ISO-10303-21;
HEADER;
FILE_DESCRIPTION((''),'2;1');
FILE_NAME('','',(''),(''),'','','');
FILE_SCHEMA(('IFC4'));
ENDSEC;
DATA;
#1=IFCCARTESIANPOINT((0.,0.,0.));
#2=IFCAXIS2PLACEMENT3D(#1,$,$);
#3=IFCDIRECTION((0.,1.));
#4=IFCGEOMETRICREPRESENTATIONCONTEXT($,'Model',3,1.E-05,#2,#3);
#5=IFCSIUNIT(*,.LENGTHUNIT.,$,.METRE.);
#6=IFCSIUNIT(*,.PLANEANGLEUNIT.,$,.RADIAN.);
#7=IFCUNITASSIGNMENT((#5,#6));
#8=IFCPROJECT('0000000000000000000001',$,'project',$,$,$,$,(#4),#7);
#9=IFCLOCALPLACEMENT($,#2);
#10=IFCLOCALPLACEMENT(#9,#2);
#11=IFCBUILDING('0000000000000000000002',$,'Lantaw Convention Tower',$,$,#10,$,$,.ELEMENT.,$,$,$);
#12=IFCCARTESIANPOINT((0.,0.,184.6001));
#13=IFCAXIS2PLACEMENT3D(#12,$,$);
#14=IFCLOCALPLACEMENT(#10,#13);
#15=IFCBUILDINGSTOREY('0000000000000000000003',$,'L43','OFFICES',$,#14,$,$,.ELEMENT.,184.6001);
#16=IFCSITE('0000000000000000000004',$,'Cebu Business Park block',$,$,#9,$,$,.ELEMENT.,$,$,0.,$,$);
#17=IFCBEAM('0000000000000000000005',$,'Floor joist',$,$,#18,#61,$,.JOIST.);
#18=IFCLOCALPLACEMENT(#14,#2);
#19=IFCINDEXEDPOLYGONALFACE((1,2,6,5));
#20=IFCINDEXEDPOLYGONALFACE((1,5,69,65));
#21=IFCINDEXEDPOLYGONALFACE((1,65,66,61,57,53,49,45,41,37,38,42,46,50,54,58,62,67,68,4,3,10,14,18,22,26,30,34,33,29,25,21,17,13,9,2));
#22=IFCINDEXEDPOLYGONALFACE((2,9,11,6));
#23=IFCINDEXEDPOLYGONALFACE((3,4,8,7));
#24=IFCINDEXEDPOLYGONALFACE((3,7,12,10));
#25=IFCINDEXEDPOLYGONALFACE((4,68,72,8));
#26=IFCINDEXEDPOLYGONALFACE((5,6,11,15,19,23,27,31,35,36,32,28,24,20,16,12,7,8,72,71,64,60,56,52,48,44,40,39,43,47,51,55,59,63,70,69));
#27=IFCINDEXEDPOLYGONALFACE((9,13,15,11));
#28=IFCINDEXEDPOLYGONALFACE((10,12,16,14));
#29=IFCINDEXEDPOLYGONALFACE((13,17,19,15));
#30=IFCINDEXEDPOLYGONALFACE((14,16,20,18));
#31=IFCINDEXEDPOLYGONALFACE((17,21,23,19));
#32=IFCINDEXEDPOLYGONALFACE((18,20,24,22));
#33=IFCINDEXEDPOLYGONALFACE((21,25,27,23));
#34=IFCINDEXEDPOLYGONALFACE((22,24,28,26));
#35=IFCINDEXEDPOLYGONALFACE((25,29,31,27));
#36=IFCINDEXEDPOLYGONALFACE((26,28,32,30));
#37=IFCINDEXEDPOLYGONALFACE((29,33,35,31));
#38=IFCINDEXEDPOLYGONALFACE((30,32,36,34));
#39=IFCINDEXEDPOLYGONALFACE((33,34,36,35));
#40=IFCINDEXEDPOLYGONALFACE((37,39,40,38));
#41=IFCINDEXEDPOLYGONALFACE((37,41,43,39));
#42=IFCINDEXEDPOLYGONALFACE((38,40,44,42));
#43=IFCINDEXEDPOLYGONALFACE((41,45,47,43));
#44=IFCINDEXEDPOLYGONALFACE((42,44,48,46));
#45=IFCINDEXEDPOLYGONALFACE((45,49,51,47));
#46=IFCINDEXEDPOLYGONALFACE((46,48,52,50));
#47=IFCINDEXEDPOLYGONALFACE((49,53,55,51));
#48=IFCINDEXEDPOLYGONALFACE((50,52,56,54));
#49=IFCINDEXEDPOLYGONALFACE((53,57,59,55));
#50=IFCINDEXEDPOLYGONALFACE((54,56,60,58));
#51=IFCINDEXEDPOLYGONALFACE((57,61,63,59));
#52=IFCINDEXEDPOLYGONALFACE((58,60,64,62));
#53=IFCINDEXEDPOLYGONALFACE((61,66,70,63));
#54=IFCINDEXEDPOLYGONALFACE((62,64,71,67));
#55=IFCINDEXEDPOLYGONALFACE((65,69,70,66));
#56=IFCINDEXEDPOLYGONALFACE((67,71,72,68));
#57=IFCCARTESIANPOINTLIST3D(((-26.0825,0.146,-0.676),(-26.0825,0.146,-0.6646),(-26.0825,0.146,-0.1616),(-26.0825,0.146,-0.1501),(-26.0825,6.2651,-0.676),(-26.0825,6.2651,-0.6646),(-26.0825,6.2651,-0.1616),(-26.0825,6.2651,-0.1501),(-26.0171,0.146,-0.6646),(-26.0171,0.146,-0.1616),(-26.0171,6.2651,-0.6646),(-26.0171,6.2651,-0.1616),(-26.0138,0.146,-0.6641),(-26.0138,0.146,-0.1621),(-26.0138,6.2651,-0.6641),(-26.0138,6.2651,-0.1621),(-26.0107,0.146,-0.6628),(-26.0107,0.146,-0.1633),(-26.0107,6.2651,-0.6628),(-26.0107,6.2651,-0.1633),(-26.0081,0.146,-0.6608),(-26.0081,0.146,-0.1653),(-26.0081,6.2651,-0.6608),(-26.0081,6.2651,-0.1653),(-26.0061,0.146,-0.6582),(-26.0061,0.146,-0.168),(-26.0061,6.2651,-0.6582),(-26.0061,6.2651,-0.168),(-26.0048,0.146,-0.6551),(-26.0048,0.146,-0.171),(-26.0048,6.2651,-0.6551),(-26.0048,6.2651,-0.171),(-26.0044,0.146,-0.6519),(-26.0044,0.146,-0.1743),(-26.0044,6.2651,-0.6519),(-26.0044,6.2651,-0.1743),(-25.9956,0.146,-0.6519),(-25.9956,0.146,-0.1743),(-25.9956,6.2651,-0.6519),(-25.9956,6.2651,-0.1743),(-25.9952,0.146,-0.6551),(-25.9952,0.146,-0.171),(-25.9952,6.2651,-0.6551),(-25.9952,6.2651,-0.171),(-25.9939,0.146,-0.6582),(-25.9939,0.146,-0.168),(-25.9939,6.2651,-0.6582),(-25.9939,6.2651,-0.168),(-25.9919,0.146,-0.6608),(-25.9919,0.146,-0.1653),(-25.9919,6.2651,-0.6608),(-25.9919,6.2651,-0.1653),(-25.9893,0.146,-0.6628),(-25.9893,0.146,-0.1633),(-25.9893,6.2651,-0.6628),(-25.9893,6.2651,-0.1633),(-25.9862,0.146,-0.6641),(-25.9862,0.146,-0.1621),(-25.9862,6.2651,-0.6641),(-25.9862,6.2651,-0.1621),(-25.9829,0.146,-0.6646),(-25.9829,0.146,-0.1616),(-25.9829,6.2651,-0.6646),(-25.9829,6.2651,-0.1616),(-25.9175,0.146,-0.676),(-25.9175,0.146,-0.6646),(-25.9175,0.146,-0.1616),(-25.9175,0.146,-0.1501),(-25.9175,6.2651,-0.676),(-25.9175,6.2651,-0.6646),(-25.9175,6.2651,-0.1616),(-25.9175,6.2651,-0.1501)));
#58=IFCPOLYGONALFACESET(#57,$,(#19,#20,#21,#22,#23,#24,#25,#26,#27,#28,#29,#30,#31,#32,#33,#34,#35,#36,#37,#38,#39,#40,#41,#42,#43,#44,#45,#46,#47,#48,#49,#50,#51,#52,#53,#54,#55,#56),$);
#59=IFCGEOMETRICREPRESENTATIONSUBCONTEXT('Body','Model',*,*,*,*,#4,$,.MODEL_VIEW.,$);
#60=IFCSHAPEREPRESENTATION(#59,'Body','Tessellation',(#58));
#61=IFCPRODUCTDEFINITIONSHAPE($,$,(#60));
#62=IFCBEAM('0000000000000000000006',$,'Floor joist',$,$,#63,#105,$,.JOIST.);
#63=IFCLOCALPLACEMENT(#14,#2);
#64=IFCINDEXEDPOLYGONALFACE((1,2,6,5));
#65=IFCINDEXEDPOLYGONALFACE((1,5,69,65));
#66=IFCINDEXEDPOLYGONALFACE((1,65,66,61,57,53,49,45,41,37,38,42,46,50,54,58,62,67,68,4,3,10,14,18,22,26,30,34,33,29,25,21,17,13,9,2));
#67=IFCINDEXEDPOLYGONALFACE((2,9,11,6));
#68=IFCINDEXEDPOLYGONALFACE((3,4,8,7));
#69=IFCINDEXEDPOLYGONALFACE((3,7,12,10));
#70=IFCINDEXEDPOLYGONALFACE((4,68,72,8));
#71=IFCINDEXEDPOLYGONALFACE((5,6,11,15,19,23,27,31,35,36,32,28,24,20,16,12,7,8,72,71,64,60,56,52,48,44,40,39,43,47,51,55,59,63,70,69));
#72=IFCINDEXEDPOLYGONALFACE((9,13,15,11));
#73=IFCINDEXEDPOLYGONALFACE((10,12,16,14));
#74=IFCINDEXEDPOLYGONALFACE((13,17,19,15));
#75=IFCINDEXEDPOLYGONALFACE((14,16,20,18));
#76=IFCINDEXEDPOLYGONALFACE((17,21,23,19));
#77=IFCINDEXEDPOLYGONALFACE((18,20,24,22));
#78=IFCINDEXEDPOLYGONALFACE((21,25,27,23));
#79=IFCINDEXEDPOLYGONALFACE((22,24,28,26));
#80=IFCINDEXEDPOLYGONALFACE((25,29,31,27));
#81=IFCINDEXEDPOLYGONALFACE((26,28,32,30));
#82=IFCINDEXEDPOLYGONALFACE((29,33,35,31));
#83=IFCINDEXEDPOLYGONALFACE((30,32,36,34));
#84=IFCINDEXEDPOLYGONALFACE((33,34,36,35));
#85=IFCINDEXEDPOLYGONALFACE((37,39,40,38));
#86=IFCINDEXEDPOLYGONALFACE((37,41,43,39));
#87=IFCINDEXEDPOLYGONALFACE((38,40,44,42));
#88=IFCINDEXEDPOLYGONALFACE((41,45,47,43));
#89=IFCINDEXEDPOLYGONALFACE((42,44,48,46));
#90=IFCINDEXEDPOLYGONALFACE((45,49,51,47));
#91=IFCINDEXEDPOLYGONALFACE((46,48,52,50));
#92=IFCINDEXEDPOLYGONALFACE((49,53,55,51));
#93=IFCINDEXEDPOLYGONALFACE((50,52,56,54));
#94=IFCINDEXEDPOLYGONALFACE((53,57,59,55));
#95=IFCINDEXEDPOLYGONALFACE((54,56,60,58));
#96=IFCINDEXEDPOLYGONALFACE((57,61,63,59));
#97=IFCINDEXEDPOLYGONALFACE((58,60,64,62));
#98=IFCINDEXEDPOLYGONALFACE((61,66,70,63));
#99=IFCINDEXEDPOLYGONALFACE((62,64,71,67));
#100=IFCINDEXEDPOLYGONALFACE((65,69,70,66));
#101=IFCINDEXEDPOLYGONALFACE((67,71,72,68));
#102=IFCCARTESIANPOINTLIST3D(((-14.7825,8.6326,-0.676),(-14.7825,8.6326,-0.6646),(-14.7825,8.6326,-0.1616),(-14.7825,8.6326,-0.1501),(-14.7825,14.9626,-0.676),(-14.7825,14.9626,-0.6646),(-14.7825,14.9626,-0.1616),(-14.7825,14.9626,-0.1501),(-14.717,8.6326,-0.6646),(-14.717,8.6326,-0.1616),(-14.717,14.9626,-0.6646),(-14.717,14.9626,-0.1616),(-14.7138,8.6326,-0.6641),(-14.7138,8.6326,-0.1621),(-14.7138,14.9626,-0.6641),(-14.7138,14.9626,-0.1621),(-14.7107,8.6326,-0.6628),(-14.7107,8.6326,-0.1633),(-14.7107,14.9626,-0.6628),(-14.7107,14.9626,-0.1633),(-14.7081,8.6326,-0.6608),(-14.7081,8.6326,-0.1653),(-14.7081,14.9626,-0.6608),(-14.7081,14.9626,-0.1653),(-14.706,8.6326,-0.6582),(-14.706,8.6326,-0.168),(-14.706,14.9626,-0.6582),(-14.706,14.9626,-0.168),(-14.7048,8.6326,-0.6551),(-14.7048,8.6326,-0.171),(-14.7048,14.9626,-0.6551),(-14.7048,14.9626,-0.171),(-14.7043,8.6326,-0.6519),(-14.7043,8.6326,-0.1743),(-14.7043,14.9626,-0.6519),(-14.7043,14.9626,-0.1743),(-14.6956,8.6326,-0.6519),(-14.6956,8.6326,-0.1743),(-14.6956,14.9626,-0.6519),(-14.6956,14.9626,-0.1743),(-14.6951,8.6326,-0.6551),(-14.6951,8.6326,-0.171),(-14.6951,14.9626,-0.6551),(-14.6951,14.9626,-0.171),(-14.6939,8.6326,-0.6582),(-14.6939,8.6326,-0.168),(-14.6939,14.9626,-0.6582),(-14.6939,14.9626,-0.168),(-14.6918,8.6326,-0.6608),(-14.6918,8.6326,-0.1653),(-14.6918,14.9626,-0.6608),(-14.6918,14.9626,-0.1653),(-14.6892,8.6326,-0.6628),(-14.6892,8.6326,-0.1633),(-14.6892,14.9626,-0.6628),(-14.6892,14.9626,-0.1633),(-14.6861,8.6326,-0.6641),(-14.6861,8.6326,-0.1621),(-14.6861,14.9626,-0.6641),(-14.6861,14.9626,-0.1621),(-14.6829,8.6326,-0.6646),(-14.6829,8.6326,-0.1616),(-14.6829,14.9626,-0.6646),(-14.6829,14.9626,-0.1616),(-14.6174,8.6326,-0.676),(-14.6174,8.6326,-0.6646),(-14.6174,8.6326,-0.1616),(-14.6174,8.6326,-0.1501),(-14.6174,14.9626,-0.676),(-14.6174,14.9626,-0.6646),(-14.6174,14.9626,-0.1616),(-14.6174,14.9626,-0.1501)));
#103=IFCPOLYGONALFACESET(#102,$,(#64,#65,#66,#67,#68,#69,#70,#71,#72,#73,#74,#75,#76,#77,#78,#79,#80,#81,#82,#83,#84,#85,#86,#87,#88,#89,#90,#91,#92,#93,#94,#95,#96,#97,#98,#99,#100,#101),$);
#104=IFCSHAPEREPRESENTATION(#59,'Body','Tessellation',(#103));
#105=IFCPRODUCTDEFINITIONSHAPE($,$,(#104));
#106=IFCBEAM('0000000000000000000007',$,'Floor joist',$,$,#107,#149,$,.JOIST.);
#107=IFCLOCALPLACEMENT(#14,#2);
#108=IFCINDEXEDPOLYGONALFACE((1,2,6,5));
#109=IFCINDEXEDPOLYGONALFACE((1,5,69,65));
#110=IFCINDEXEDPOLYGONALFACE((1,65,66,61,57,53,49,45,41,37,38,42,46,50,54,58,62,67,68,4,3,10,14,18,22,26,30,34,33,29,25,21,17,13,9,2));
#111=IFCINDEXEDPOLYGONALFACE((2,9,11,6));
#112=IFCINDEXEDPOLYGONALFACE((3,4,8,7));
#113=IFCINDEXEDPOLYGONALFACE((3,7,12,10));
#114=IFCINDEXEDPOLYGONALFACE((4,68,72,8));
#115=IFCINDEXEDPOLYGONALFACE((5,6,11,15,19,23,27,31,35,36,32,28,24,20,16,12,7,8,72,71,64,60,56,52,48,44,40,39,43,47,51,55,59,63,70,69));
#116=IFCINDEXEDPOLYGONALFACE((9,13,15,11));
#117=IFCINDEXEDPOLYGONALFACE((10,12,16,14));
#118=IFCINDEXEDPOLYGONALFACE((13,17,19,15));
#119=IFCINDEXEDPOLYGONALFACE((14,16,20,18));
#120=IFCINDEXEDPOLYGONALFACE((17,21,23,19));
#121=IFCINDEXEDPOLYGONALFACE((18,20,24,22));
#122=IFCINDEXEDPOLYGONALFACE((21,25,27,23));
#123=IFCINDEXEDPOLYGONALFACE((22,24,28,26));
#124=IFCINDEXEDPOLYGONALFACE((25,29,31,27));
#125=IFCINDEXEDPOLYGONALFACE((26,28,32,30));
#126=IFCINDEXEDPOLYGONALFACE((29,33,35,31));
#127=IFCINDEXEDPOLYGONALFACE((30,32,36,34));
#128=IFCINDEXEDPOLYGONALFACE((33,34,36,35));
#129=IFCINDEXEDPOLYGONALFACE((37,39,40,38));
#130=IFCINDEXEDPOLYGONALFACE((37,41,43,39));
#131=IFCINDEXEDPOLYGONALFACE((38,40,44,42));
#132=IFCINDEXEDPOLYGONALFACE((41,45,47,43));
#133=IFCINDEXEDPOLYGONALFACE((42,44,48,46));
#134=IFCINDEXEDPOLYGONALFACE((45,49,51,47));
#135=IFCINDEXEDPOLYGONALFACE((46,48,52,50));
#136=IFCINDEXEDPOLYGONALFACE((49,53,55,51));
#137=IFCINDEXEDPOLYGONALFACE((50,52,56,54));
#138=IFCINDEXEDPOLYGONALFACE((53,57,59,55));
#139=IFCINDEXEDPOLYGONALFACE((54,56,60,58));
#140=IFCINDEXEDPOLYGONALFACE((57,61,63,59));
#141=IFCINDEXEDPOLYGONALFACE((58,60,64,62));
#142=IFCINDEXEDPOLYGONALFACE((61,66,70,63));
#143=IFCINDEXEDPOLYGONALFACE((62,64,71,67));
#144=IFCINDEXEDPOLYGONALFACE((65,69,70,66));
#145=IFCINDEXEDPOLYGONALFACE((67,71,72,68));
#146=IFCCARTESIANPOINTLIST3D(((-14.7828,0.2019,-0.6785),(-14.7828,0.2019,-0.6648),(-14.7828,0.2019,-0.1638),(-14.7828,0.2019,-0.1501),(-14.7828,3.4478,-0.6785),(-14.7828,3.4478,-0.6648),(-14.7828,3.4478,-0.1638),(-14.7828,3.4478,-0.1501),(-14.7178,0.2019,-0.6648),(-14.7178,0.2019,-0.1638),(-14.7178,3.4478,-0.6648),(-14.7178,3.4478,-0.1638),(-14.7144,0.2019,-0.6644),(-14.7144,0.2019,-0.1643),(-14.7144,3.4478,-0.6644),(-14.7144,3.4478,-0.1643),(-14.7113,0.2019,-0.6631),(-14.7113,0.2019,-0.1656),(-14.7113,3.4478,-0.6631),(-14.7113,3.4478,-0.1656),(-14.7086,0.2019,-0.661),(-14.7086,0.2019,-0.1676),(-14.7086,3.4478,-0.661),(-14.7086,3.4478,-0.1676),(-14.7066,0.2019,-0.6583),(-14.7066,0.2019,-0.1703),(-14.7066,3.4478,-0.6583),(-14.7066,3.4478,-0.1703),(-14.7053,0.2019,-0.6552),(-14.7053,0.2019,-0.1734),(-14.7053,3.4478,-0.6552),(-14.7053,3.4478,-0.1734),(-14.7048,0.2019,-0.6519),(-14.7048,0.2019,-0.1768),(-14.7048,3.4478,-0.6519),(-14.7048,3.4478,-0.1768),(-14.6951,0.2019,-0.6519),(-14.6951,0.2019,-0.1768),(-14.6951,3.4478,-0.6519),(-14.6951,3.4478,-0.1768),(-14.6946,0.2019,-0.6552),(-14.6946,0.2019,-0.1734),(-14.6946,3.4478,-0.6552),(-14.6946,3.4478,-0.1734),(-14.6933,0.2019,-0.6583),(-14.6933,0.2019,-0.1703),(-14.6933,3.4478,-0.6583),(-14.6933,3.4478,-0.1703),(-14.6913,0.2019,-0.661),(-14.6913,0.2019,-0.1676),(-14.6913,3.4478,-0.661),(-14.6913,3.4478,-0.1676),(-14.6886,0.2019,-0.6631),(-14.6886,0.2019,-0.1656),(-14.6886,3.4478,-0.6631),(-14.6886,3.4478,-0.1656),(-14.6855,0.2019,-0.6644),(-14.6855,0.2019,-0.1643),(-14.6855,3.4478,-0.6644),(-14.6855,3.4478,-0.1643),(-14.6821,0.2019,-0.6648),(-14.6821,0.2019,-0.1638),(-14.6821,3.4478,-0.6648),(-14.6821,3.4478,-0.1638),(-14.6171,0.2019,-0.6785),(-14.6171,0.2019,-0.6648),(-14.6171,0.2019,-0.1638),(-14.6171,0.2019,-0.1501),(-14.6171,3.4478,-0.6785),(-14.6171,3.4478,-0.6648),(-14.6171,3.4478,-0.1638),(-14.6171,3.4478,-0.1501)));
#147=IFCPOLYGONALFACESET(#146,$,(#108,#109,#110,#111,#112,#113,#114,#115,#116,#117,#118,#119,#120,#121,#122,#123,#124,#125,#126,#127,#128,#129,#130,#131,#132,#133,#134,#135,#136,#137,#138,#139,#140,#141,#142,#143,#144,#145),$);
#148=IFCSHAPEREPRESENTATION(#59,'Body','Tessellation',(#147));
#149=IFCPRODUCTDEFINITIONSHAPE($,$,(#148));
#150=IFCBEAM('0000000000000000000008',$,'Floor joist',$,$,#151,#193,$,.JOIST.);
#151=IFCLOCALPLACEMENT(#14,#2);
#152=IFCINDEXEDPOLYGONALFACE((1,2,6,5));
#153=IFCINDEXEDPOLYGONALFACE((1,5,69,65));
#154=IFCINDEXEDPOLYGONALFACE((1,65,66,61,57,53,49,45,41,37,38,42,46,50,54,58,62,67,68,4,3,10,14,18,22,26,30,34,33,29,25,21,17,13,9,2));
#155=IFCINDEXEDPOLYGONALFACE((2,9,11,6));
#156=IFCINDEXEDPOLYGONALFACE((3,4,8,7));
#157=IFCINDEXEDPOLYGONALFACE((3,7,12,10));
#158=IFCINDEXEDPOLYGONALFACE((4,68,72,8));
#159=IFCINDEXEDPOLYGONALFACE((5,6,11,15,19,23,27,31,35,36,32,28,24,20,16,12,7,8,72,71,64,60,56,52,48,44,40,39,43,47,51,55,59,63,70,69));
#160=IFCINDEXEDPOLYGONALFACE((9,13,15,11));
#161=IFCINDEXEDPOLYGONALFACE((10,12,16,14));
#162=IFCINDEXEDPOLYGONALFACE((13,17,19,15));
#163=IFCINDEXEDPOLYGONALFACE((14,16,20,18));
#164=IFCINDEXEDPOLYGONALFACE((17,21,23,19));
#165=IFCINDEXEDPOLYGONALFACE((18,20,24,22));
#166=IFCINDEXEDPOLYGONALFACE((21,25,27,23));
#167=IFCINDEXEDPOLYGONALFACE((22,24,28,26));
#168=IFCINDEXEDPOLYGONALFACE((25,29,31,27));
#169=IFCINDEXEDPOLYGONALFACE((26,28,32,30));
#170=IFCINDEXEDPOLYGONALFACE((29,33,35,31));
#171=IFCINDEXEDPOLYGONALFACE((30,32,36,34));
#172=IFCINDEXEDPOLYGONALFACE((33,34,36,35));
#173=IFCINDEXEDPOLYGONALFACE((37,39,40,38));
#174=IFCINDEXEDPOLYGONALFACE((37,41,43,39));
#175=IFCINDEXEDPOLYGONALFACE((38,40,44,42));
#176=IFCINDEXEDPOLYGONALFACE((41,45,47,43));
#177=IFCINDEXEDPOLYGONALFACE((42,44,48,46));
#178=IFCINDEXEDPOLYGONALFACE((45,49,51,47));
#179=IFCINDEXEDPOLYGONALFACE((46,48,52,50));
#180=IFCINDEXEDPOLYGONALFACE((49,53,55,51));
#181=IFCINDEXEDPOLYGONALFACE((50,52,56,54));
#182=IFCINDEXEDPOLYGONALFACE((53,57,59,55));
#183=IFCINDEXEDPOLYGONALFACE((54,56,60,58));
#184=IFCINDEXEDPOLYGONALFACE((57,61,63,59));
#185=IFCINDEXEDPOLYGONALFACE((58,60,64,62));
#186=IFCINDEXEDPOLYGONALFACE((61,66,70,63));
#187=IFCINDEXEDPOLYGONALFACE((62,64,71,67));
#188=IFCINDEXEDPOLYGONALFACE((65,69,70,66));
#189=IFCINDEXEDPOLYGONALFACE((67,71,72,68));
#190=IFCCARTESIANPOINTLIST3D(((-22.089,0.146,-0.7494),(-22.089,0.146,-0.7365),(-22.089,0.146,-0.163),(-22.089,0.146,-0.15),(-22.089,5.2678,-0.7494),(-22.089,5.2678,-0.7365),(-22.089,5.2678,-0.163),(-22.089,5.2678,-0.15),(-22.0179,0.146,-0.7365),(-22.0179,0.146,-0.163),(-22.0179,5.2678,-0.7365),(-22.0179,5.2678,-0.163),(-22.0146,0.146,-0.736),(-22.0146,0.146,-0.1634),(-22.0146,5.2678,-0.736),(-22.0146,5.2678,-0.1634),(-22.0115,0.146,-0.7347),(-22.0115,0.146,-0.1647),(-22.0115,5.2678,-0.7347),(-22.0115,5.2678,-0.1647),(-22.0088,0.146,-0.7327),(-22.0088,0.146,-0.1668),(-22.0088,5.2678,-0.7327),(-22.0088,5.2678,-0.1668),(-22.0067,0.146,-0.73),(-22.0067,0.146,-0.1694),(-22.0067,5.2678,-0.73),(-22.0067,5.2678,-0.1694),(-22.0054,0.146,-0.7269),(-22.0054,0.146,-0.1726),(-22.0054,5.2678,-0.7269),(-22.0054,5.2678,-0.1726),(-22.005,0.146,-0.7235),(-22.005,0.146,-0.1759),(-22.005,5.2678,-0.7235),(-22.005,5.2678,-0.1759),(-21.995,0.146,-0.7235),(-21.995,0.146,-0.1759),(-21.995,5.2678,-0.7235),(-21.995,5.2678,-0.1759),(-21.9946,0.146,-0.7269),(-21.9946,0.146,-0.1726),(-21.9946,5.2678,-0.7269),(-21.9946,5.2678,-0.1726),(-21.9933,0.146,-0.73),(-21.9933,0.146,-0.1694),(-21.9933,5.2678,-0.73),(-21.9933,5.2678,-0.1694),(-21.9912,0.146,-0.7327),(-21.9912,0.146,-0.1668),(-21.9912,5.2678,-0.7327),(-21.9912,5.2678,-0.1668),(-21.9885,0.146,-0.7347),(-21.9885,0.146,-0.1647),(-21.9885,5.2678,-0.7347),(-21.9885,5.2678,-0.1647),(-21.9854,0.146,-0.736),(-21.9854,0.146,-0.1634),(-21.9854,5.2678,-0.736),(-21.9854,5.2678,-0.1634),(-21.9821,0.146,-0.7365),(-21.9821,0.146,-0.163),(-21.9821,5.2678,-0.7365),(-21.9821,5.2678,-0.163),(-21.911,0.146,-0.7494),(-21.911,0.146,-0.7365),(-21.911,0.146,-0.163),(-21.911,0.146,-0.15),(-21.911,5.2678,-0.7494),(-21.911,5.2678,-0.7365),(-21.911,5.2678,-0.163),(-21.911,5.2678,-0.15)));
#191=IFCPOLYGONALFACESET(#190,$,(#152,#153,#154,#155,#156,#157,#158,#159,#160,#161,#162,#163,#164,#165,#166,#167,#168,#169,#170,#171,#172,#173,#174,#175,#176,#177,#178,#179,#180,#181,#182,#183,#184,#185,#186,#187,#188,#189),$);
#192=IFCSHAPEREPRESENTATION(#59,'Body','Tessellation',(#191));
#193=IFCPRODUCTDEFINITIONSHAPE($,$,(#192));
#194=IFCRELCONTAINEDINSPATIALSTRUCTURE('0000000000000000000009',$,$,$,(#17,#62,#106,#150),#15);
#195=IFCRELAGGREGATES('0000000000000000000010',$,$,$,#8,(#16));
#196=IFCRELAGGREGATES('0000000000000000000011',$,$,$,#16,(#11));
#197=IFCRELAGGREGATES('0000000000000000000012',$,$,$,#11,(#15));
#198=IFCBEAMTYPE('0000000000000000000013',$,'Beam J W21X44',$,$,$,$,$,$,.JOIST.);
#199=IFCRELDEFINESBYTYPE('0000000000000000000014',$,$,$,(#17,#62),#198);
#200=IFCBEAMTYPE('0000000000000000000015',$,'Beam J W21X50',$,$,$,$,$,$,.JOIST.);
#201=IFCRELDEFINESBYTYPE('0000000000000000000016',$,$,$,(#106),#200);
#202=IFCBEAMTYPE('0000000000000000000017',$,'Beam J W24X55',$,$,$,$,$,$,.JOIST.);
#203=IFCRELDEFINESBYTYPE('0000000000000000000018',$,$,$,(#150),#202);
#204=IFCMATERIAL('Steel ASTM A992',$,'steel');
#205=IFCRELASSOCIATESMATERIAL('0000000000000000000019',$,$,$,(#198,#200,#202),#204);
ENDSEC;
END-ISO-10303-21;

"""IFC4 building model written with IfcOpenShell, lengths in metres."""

from ifc_helpers import new_model, si_unit, direction, frame, origin, origin_2d, place, context, subcontext, project, spatial, i_section, extrude, material, material_profile, profile_set, type_object, element, save


model = new_model("IFC4")

# Units and contexts
model_context = context("Model", 3, precision=1e-05, world=origin(), true_north=direction((0.0, 1.0)))
body_context = subcontext(model_context, "Body", "Model", "MODEL_VIEW")
ifc_project = project(units=[si_unit("LENGTHUNIT", "METRE"), si_unit("PLANEANGLEUNIT", "RADIAN")], contexts=[model_context])

# Site, building, storey
site_placement = place(None, origin())
site = spatial("IfcSite", under=ifc_project, at=site_placement, Name="Cebu Business Park block", CompositionType="ELEMENT", RefElevation=0.0)
building_placement = place(site_placement, origin())
building = spatial("IfcBuilding", under=site, at=building_placement, Name="Lantaw Convention Tower", CompositionType="ELEMENT")
storey_placement = place(building_placement, frame((0.0, 0.0, 184.6001)))
storey = spatial("IfcBuildingStorey", under=building, at=storey_placement, Name="L43", Description="OFFICES", CompositionType="ELEMENT", Elevation=184.6001)

# Beams
ifc_material_1 = material(Name="Steel ASTM A992", Category="steel")
ifc_material_profile_1 = material_profile(ifc_material_1, i_section(OverallWidth=0.165, OverallDepth=0.5259, WebThickness=0.0088, FlangeThickness=0.0115, FilletRadius=0.0127, at=origin_2d()), Name="W21X44")
ifc_profile_set_1 = profile_set([ifc_material_profile_1], Name="Steel ASTM A992")
beam_type_1 = type_object("IfcBeamType", Name="Beam J W21X44", PredefinedType="JOIST", material=ifc_profile_set_1)
beam_1_placement = place(storey_placement, frame((-26.0, 0.146, -0.4131), z_axis=(0.0, 1.0, 0.0), x_axis=(-1.0, 0.0, 0.0)))
element("IfcBeam", 1, at=beam_1_placement, inside=storey, type_object=beam_type_1, Name="Floor joist", PredefinedType="JOIST", context=body_context, shape_type="SweptSolid", body=[
    extrude(i_section(OverallWidth=0.165, OverallDepth=0.5259, WebThickness=0.0088, FlangeThickness=0.0115, FilletRadius=0.0127, at=origin_2d()), origin(), (0.0, 0.0, 1.0), 6.1191),
])
beam_2_placement = place(storey_placement, frame((-14.7, 8.6326, -0.4131), z_axis=(0.0, 1.0, 0.0), x_axis=(-1.0, 0.0, 0.0)))
element("IfcBeam", 2, at=beam_2_placement, inside=storey, type_object=beam_type_1, Name="Floor joist", PredefinedType="JOIST", context=body_context, shape_type="SweptSolid", body=[
    extrude(i_section(OverallWidth=0.165, OverallDepth=0.5259, WebThickness=0.0088, FlangeThickness=0.0115, FilletRadius=0.0127, at=origin_2d()), origin(), (0.0, 0.0, 1.0), 6.3301),
])
ifc_material_profile_2 = material_profile(ifc_material_1, i_section(OverallWidth=0.1658, OverallDepth=0.5283, WebThickness=0.0098, FlangeThickness=0.0137, FilletRadius=0.0129, at=origin_2d()), Name="W21X50")
ifc_profile_set_2 = profile_set([ifc_material_profile_2], Name="Steel ASTM A992")
beam_type_2 = type_object("IfcBeamType", Name="Beam J W21X50", PredefinedType="JOIST", material=ifc_profile_set_2)
beam_3_placement = place(storey_placement, frame((-14.7, 0.2019, -0.4143), z_axis=(0.0, 1.0, 0.0), x_axis=(-1.0, 0.0, 0.0)))
element("IfcBeam", 3, at=beam_3_placement, inside=storey, type_object=beam_type_2, Name="Floor joist", PredefinedType="JOIST", context=body_context, shape_type="SweptSolid", body=[
    extrude(i_section(OverallWidth=0.1658, OverallDepth=0.5283, WebThickness=0.0098, FlangeThickness=0.0137, FilletRadius=0.0129, at=origin_2d()), origin(), (0.0, 0.0, 1.0), 3.2458),
])
ifc_material_profile_3 = material_profile(ifc_material_1, i_section(OverallWidth=0.178, OverallDepth=0.5994, WebThickness=0.01, FlangeThickness=0.0129, FilletRadius=0.0129, at=origin_2d()), Name="W24X55")
ifc_profile_set_3 = profile_set([ifc_material_profile_3], Name="Steel ASTM A992")
beam_type_3 = type_object("IfcBeamType", Name="Beam J W24X55", PredefinedType="JOIST", material=ifc_profile_set_3)
beam_4_placement = place(storey_placement, frame((-22.0, 0.146, -0.4497), z_axis=(0.0, 1.0, 0.0), x_axis=(-1.0, 0.0, 0.0)))
element("IfcBeam", 4, at=beam_4_placement, inside=storey, type_object=beam_type_3, Name="Floor joist", PredefinedType="JOIST", context=body_context, shape_type="SweptSolid", body=[
    extrude(i_section(OverallWidth=0.178, OverallDepth=0.5994, WebThickness=0.01, FlangeThickness=0.0129, FilletRadius=0.0129, at=origin_2d()), origin(), (0.0, 0.0, 1.0), 5.1218),
])

save(model, "model.ifc")
